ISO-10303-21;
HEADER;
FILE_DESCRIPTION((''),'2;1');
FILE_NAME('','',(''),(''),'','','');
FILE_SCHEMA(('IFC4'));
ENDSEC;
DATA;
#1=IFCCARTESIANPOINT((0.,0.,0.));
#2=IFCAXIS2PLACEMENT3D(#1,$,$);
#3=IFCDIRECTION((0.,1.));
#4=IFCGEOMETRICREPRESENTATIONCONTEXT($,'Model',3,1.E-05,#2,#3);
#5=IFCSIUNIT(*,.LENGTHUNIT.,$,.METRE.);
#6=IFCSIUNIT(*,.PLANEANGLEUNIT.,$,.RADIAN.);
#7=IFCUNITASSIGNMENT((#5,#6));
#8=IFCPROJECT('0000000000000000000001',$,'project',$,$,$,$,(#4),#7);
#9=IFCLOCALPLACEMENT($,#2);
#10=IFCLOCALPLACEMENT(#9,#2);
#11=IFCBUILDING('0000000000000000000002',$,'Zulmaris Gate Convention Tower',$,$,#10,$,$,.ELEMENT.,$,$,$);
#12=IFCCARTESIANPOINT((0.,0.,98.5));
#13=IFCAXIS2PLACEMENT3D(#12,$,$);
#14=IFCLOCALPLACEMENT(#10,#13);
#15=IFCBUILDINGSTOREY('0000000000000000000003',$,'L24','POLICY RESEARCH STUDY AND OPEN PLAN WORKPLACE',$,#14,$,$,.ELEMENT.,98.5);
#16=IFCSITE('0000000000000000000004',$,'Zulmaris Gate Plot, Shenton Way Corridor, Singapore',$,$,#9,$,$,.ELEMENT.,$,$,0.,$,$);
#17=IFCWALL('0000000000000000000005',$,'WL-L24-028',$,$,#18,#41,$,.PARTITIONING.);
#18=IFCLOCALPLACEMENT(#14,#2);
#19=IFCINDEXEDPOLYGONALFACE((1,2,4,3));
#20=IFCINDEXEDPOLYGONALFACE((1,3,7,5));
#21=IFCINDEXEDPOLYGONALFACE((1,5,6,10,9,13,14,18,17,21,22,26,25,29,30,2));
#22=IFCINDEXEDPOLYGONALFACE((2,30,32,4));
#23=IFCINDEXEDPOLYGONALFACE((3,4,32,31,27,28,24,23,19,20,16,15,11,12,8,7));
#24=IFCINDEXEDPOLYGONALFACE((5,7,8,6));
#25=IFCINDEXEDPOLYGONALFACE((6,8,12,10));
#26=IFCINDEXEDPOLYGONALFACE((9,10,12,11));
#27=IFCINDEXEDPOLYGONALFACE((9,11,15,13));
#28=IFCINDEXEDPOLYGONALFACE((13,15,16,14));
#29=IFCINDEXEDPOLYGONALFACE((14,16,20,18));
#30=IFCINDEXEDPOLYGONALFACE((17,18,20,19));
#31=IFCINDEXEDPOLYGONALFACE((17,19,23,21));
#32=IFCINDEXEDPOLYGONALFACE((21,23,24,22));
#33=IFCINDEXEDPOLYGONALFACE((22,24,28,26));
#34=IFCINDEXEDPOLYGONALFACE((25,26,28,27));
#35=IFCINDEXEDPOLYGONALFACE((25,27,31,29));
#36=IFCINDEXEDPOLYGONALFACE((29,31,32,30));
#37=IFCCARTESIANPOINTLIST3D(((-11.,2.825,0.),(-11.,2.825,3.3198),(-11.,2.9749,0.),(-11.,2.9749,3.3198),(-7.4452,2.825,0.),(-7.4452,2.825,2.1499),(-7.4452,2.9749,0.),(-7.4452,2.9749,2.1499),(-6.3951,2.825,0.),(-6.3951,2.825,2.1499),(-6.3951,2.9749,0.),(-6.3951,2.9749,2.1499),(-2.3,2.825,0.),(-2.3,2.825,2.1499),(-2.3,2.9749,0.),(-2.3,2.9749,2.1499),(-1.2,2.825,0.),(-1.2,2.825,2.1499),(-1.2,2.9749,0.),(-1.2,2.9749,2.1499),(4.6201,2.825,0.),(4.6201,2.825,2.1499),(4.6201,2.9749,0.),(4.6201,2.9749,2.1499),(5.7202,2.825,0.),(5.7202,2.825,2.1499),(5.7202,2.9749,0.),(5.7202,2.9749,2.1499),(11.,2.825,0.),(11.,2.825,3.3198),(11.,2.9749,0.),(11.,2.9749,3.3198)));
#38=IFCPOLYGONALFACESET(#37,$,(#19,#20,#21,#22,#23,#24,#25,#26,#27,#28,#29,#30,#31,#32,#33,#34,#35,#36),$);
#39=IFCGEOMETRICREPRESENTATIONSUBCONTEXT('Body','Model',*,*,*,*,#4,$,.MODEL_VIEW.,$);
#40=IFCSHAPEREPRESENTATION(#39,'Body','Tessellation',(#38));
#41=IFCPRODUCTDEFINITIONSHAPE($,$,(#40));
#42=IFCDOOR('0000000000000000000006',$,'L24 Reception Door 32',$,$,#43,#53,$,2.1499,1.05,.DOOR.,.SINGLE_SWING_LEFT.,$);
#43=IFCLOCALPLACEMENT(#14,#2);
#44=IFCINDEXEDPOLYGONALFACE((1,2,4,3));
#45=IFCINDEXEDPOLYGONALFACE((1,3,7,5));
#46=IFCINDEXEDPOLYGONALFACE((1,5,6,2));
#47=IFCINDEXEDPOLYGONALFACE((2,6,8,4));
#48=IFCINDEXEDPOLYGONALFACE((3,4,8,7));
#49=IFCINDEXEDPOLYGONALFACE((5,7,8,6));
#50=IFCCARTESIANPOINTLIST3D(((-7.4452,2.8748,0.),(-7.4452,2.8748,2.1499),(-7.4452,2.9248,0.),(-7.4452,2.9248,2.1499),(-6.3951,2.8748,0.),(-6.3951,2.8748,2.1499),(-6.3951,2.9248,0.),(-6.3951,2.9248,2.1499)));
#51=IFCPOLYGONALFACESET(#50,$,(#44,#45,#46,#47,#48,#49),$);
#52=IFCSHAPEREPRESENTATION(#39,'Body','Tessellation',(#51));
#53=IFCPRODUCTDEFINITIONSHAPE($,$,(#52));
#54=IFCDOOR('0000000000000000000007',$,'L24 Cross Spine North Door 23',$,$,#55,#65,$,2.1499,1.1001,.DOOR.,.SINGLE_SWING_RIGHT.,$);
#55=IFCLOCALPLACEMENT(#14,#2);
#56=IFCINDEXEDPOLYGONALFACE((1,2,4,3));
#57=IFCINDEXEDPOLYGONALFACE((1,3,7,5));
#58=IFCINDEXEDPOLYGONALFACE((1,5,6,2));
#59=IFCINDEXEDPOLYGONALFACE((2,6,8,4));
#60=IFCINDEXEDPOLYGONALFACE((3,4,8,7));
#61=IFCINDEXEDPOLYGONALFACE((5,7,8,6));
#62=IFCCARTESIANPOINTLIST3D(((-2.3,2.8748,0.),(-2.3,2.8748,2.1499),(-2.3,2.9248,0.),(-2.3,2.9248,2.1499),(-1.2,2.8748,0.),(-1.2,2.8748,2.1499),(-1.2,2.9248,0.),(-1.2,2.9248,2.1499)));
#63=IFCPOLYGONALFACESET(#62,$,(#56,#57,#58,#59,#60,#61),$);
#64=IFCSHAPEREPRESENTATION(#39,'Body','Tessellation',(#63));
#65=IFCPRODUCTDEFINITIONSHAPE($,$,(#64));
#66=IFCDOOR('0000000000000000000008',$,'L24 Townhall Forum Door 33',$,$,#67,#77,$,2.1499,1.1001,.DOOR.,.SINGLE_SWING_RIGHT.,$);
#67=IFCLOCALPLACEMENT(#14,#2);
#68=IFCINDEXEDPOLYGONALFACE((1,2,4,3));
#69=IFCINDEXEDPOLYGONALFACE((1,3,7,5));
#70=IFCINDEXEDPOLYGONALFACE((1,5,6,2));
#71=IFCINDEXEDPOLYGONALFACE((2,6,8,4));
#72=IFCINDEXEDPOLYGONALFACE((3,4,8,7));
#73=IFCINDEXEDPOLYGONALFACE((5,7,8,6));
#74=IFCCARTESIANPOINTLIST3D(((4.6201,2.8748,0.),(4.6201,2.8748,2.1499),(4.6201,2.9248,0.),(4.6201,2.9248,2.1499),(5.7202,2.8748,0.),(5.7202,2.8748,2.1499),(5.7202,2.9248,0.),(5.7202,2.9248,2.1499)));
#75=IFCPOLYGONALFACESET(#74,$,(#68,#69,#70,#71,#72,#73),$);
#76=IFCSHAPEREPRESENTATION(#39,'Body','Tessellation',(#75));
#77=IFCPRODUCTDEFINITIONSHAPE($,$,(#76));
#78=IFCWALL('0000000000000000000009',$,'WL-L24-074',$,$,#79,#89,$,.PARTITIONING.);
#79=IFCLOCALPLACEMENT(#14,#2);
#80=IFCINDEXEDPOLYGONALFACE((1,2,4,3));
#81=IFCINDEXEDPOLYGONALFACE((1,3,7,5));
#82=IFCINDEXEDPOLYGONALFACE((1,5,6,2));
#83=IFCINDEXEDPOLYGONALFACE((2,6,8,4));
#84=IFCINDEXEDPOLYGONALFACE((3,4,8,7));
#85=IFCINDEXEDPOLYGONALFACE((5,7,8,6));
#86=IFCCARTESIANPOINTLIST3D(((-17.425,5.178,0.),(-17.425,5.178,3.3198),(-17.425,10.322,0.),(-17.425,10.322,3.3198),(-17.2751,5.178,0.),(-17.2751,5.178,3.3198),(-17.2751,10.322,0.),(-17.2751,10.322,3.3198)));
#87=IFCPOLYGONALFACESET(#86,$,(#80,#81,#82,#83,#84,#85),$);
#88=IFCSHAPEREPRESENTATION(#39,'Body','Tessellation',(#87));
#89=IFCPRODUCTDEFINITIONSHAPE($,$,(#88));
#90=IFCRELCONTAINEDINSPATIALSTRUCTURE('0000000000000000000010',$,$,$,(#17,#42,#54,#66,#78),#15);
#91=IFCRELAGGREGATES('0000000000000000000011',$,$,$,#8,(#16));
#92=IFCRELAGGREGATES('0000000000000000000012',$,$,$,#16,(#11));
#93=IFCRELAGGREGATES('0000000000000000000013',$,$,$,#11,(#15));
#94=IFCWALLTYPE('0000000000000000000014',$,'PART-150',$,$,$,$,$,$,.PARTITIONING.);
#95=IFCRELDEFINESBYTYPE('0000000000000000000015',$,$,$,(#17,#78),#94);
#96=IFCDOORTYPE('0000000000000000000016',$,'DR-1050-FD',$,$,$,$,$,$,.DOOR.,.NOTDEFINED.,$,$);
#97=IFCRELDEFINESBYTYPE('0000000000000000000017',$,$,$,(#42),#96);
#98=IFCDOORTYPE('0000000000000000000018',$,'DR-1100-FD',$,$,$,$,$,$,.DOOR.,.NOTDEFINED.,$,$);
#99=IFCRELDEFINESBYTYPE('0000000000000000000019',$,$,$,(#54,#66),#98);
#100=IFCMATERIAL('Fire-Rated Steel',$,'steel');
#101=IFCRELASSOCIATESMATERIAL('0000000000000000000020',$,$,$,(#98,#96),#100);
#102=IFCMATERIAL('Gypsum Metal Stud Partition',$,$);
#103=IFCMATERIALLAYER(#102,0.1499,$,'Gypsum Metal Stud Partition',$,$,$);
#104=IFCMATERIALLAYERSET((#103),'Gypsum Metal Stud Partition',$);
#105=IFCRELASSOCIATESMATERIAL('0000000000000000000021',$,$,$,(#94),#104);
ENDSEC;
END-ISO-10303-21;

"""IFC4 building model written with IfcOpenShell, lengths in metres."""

from ifc_helpers import new_model, si_unit, direction, frame, frame_2d, origin, place, context, subcontext, project, spatial, rectangle, extrude, material, layer, layer_set, type_object, element, fill, save


model = new_model("IFC4")

# Units and contexts
model_context = context("Model", 3, precision=1e-05, world=origin(), true_north=direction((0.0, 1.0)))
body_context = subcontext(model_context, "Body", "Model", "MODEL_VIEW")
ifc_project = project(units=[si_unit("LENGTHUNIT", "METRE"), si_unit("PLANEANGLEUNIT", "RADIAN")], contexts=[model_context])

# Site, building, storey
site_placement = place(None, origin())
site = spatial("IfcSite", under=ifc_project, at=site_placement, Name="Zulmaris Gate Plot, Shenton Way Corridor, Singapore", CompositionType="ELEMENT", RefElevation=0.0)
building_placement = place(site_placement, origin())
building = spatial("IfcBuilding", under=site, at=building_placement, Name="Zulmaris Gate Convention Tower", CompositionType="ELEMENT")
storey_placement = place(building_placement, frame((0.0, 0.0, 98.5)))
storey = spatial("IfcBuildingStorey", under=building, at=storey_placement, Name="L24", Description="POLICY RESEARCH STUDY AND OPEN PLAN WORKPLACE", CompositionType="ELEMENT", Elevation=98.5)

# Shared definitions
ifc_material_1 = material(Name="Fire-Rated Steel", Category="steel")
door_type_1 = type_object("IfcDoorType", Name="DR-1100-FD", OperationType="NOTDEFINED", PredefinedType="DOOR", material=ifc_material_1)

# Wall, openings, doors
ifc_material_2 = material(Name="Gypsum Metal Stud Partition")
ifc_layer_1 = layer(ifc_material_2, 0.1499, Name="Gypsum Metal Stud Partition")
ifc_layer_set_1 = layer_set([ifc_layer_1], Name="Gypsum Metal Stud Partition")
wall_type_1 = type_object("IfcWallType", Name="PART-150", PredefinedType="PARTITIONING", material=ifc_layer_set_1)
wall_1_placement = place(storey_placement, frame((-11.0, 2.8999, 0.0), z_axis=(0.0, 0.0, 1.0), x_axis=(1.0, 0.0, 0.0)))
wall_1 = element("IfcWall", 1, at=wall_1_placement, inside=storey, type_object=wall_type_1, Name="WL-L24-028", PredefinedType="PARTITIONING", context=body_context, shape_type="SweptSolid", body=[
    extrude(rectangle(XDim=22.0, YDim=0.1499, at=frame_2d((11.0, 0.0))), origin(), (0.0, 0.0, 1.0), 3.3198),
])
opening_1_placement = place(wall_1_placement, frame((8.7, 0.0, 0.0)))
opening_1 = element("IfcOpeningElement", 2, at=opening_1_placement, cuts=wall_1, PredefinedType="OPENING", context=body_context, shape_type="SweptSolid", body=[
    extrude(rectangle(XDim=1.1001, YDim=2.1499, at=frame_2d((0.55, 1.075))), frame((0.0, 0.085, 0.0), z_axis=(0.0, -1.0, 0.0), x_axis=(1.0, 0.0, 0.0)), (0.0, 0.0, 1.0), 0.1699),
])
opening_2_placement = place(wall_1_placement, frame((3.5549, 0.0, 0.0)))
opening_2 = element("IfcOpeningElement", 3, at=opening_2_placement, cuts=wall_1, PredefinedType="OPENING", context=body_context, shape_type="SweptSolid", body=[
    extrude(rectangle(XDim=1.05, YDim=2.1499, at=frame_2d((0.5249, 1.075))), frame((0.0, 0.085, 0.0), z_axis=(0.0, -1.0, 0.0), x_axis=(1.0, 0.0, 0.0)), (0.0, 0.0, 1.0), 0.1699),
])
opening_3_placement = place(wall_1_placement, frame((15.6201, 0.0, 0.0)))
opening_3 = element("IfcOpeningElement", 4, at=opening_3_placement, cuts=wall_1, PredefinedType="OPENING", context=body_context, shape_type="SweptSolid", body=[
    extrude(rectangle(XDim=1.1001, YDim=2.1499, at=frame_2d((0.55, 1.075))), frame((0.0, 0.085, 0.0), z_axis=(0.0, -1.0, 0.0), x_axis=(1.0, 0.0, 0.0)), (0.0, 0.0, 1.0), 0.1699),
])
door_type_2 = type_object("IfcDoorType", Name="DR-1050-FD", OperationType="NOTDEFINED", PredefinedType="DOOR", material=ifc_material_1)
door_1_placement = place(opening_2_placement, origin())
door_1 = element("IfcDoor", 5, at=door_1_placement, inside=storey, type_object=door_type_2, Name="L24 Reception Door 32", OperationType="SINGLE_SWING_LEFT", OverallHeight=2.1499, OverallWidth=1.05, PredefinedType="DOOR", context=body_context, shape_type="SweptSolid", body=[
    extrude(rectangle(XDim=1.05, YDim=2.1499, at=frame_2d((0.5249, 1.075))), frame((0.0, 0.0249, 0.0), z_axis=(0.0, -1.0, 0.0), x_axis=(1.0, 0.0, 0.0)), (0.0, 0.0, 1.0), 0.05),
])
fill(opening_2, door_1)
door_2_placement = place(opening_1_placement, origin())
door_2 = element("IfcDoor", 6, at=door_2_placement, inside=storey, type_object=door_type_1, Name="L24 Cross Spine North Door 23", OperationType="SINGLE_SWING_RIGHT", OverallHeight=2.1499, OverallWidth=1.1001, PredefinedType="DOOR", context=body_context, shape_type="SweptSolid", body=[
    extrude(rectangle(XDim=1.1001, YDim=2.1499, at=frame_2d((0.55, 1.075))), frame((0.0, 0.0249, 0.0), z_axis=(0.0, -1.0, 0.0), x_axis=(1.0, 0.0, 0.0)), (0.0, 0.0, 1.0), 0.05),
])
fill(opening_1, door_2)
door_3_placement = place(opening_3_placement, origin())
door_3 = element("IfcDoor", 7, at=door_3_placement, inside=storey, type_object=door_type_1, Name="L24 Townhall Forum Door 33", OperationType="SINGLE_SWING_RIGHT", OverallHeight=2.1499, OverallWidth=1.1001, PredefinedType="DOOR", context=body_context, shape_type="SweptSolid", body=[
    extrude(rectangle(XDim=1.1001, YDim=2.1499, at=frame_2d((0.55, 1.075))), frame((0.0, 0.0249, 0.0), z_axis=(0.0, -1.0, 0.0), x_axis=(1.0, 0.0, 0.0)), (0.0, 0.0, 1.0), 0.05),
])
fill(opening_3, door_3)

# Wall
wall_2_placement = place(storey_placement, frame((-17.3501, 5.178, 0.0), z_axis=(0.0, 0.0, 1.0), x_axis=(0.0, 1.0, 0.0)))
element("IfcWall", 8, at=wall_2_placement, inside=storey, type_object=wall_type_1, Name="WL-L24-074", PredefinedType="PARTITIONING", context=body_context, shape_type="SweptSolid", body=[
    extrude(rectangle(XDim=5.144, YDim=0.1499, at=frame_2d((2.572, 0.0))), origin(), (0.0, 0.0, 1.0), 3.3198),
])

save(model, "model.ifc")
